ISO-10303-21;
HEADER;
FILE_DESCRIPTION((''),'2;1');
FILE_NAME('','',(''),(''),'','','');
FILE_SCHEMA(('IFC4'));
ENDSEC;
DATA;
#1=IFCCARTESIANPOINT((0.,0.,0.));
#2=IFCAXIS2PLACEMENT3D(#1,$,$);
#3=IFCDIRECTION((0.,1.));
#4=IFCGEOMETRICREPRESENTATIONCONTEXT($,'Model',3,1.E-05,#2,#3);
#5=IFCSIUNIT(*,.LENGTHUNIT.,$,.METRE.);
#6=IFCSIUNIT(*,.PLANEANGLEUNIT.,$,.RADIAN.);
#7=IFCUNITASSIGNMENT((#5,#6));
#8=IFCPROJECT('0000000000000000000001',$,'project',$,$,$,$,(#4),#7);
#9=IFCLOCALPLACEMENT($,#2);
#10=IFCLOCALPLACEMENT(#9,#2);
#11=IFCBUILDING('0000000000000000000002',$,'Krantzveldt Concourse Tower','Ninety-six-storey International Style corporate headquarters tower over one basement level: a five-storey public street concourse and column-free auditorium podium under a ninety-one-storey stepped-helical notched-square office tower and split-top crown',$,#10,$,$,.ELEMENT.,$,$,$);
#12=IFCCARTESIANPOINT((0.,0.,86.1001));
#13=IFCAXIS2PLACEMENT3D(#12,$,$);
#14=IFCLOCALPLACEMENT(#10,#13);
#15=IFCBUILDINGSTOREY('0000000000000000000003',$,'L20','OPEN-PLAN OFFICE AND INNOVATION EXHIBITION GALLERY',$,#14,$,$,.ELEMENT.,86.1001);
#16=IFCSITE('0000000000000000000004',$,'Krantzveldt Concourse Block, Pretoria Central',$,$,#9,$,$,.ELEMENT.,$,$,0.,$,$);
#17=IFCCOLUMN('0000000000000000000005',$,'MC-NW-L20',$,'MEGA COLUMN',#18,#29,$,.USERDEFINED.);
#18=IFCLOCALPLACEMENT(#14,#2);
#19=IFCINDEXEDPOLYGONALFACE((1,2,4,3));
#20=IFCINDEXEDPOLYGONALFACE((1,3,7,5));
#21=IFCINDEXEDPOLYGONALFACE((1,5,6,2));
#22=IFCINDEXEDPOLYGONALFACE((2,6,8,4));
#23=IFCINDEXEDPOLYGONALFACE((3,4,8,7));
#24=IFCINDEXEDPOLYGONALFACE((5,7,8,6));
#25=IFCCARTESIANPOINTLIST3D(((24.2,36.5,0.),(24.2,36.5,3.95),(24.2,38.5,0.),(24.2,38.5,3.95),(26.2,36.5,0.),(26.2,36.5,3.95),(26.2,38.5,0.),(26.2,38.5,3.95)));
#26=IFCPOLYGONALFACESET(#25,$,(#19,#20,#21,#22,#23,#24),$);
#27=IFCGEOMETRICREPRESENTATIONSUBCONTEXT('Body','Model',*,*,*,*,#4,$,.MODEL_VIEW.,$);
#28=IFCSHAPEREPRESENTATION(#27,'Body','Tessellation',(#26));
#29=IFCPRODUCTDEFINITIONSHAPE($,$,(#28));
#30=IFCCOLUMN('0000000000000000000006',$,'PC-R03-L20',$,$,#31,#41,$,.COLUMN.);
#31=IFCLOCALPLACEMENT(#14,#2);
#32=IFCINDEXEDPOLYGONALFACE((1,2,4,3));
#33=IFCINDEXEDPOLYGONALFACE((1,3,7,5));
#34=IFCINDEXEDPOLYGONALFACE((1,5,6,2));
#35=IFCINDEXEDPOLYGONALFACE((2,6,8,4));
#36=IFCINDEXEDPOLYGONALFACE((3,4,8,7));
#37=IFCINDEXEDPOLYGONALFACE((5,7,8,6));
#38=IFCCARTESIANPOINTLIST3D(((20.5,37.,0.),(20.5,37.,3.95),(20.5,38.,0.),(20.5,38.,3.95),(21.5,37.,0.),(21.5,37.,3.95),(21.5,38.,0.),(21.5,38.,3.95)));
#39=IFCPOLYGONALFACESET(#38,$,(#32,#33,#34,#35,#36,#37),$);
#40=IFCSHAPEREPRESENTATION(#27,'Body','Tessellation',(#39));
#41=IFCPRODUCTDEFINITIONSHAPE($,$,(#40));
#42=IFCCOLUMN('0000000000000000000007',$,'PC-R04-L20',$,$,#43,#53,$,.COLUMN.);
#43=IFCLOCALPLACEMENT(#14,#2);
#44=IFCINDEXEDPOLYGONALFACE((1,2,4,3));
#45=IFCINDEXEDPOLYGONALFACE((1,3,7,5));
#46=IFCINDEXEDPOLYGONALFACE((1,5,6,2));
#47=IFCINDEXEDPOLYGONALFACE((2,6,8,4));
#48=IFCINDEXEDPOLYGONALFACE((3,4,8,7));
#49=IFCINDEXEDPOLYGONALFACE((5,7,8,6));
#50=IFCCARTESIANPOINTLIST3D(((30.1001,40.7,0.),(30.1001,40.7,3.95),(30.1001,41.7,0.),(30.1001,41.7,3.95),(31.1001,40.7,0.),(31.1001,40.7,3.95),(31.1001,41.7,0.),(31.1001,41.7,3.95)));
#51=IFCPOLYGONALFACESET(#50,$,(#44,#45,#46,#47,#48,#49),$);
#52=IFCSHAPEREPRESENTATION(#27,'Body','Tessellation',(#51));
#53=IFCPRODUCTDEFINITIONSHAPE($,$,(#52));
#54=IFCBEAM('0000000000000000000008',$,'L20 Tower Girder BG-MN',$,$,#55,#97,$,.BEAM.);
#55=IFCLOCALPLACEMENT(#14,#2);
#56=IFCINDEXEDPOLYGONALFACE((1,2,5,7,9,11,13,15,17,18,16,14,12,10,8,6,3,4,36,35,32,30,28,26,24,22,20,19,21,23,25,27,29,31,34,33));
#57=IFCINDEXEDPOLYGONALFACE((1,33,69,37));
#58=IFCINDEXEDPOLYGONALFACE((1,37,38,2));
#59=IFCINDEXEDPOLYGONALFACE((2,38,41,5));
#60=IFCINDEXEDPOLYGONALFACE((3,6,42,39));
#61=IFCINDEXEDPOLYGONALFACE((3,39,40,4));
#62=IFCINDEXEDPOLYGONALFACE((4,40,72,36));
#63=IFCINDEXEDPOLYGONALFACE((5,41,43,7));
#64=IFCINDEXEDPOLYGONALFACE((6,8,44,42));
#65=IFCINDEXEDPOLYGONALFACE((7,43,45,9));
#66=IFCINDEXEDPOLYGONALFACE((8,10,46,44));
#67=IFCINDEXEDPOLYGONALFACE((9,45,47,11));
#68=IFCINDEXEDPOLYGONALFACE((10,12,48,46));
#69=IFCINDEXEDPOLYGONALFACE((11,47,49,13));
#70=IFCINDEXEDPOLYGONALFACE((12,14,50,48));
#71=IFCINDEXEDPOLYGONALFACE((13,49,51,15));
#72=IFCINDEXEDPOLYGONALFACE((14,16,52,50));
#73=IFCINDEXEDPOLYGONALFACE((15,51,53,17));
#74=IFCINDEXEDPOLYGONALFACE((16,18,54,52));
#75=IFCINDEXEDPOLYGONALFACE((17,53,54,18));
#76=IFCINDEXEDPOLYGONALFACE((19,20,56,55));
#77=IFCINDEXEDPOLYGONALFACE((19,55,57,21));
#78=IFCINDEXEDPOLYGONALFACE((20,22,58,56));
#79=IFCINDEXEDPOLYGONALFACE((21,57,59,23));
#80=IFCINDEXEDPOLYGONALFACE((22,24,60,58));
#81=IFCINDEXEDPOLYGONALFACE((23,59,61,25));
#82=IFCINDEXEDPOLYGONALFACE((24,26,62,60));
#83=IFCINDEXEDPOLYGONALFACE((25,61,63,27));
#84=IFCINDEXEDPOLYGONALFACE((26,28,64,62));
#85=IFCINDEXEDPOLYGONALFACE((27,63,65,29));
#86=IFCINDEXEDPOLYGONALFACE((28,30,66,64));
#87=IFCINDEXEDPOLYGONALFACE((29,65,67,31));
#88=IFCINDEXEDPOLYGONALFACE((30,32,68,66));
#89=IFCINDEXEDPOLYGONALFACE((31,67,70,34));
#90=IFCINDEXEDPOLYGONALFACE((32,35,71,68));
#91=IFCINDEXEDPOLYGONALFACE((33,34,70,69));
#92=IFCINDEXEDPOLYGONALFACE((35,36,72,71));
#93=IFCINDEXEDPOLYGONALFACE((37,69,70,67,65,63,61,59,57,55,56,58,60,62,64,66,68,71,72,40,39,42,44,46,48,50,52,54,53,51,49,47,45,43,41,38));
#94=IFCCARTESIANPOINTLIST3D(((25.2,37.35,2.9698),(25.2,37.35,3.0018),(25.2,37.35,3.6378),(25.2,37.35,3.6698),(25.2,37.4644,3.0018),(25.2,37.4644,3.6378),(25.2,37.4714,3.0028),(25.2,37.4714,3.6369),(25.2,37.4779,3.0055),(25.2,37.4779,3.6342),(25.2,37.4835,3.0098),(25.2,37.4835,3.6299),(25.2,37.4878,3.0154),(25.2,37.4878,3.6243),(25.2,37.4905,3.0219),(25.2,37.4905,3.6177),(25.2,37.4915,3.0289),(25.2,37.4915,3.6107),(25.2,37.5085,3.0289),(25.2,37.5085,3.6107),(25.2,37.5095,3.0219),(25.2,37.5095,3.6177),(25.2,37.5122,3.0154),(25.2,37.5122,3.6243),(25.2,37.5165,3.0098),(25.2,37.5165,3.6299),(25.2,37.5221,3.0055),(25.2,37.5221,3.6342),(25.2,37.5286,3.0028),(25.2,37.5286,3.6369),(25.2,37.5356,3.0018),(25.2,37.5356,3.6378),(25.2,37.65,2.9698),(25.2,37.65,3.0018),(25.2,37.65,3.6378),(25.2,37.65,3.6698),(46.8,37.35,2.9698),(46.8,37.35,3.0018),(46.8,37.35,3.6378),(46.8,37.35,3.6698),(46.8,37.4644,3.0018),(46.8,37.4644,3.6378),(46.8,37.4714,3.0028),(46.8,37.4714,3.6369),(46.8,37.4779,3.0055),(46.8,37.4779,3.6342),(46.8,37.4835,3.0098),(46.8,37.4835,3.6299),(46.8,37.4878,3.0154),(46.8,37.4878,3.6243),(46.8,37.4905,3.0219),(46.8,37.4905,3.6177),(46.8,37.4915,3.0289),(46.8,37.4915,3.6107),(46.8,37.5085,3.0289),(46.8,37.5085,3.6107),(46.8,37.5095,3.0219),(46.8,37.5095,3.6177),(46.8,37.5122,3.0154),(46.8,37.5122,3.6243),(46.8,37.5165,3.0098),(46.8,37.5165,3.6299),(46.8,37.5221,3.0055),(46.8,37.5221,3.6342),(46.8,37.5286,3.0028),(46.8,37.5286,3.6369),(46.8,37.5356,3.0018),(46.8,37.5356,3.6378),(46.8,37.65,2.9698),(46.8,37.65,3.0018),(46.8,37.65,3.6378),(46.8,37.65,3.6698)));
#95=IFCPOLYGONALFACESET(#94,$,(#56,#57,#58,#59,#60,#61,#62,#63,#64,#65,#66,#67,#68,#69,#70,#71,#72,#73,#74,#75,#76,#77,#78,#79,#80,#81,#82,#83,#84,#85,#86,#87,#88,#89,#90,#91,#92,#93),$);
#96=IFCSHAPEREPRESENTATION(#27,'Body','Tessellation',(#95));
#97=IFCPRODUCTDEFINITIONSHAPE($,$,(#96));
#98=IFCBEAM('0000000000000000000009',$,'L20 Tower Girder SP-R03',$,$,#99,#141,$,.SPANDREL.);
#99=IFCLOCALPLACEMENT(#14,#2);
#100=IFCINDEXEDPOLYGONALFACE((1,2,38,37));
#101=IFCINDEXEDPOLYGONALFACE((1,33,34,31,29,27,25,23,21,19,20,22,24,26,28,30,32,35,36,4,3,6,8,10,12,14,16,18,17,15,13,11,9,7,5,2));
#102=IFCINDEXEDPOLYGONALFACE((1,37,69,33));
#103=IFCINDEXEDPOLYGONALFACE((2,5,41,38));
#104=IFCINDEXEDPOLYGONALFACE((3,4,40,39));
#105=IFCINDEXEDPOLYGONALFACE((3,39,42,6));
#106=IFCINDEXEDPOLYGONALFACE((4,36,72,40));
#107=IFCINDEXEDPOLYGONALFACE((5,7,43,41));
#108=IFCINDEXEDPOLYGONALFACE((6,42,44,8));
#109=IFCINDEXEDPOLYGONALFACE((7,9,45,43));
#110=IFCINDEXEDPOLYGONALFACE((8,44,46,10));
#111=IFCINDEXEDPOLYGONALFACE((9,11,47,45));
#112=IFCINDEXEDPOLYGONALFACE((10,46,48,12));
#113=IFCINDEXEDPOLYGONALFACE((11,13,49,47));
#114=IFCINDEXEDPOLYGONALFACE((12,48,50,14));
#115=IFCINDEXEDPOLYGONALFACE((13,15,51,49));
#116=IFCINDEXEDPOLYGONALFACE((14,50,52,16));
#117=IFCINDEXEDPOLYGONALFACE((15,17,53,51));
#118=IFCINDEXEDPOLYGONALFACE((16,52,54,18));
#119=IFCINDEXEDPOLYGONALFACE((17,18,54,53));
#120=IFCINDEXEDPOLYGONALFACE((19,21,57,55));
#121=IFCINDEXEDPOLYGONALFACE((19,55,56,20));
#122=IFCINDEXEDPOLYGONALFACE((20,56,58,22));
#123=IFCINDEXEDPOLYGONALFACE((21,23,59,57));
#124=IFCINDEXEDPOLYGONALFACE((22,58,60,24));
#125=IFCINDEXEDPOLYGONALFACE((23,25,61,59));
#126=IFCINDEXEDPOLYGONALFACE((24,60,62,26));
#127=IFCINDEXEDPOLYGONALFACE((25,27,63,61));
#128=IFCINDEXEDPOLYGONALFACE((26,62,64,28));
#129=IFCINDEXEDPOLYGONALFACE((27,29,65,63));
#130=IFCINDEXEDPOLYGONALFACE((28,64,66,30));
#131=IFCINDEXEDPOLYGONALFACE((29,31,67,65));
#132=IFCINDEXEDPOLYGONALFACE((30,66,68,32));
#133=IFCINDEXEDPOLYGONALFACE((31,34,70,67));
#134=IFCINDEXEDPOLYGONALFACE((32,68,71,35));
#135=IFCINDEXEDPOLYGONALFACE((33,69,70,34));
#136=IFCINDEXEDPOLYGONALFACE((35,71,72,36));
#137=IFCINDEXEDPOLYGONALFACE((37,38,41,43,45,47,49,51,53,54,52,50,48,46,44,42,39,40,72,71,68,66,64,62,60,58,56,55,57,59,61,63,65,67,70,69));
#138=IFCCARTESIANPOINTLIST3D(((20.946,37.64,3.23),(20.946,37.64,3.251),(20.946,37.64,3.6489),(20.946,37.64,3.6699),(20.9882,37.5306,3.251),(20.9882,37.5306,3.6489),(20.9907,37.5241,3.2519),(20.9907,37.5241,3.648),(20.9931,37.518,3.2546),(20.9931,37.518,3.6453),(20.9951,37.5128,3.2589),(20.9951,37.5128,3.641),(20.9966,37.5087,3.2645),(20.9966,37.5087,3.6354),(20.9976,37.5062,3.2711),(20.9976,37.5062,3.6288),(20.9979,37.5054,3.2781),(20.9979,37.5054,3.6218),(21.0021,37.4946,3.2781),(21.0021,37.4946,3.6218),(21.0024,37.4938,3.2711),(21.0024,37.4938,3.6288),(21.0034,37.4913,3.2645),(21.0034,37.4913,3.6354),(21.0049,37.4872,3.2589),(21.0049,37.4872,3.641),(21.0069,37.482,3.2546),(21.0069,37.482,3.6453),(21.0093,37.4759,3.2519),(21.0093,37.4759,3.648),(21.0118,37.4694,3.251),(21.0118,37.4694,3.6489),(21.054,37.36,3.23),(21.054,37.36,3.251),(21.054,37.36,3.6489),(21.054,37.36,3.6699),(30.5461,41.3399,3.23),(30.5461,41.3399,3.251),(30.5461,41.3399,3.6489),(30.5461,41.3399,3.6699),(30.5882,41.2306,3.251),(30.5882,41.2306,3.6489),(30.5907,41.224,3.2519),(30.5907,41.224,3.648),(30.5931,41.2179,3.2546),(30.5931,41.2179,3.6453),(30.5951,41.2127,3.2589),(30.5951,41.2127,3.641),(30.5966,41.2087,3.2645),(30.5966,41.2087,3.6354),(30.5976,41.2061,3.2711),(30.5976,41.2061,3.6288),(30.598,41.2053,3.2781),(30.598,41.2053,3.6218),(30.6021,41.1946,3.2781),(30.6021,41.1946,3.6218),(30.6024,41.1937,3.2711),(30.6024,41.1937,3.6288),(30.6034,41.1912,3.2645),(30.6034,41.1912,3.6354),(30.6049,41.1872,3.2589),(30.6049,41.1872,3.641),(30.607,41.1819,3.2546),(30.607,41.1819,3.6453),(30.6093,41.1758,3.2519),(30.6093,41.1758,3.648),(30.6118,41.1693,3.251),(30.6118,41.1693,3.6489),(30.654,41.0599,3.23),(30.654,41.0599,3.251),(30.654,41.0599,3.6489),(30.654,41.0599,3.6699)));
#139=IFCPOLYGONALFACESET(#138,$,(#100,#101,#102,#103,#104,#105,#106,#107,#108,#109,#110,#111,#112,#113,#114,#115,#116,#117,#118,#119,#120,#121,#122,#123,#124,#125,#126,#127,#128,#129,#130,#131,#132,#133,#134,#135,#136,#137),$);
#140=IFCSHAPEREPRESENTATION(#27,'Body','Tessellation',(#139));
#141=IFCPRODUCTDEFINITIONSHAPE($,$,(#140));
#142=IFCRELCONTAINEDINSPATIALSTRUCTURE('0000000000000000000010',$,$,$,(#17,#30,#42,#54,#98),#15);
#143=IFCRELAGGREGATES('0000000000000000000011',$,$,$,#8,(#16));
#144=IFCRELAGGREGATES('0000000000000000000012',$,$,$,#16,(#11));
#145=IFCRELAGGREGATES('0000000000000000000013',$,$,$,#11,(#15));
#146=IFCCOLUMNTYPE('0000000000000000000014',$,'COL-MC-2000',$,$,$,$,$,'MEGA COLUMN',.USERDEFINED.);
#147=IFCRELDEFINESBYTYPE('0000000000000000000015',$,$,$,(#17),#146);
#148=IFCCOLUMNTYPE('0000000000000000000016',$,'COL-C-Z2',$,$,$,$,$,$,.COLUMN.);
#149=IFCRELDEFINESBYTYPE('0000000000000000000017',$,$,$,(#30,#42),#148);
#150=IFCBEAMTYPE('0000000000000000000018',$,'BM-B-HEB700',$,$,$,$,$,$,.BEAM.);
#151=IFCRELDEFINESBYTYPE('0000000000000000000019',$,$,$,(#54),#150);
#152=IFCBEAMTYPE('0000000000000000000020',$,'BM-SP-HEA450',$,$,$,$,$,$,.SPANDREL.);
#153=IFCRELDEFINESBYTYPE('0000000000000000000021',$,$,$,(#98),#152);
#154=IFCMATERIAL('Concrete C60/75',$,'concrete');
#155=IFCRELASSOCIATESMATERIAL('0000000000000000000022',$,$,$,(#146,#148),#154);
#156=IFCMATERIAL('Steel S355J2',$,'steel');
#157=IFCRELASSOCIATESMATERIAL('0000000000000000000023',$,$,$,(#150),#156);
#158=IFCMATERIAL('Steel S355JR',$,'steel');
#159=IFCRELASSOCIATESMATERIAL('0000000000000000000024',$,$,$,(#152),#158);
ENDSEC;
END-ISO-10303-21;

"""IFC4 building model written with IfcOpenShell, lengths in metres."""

from ifc_helpers import new_model, si_unit, direction, frame, origin, origin_2d, place, context, subcontext, project, spatial, rectangle, i_section, extrude, source, transform, mapped, material, material_profile, profile_set, type_object, type_shapes, element, save


model = new_model("IFC4")

# Units and contexts
model_context = context("Model", 3, precision=1e-05, world=origin(), true_north=direction((0.0, 1.0)))
body_context = subcontext(model_context, "Body", "Model", "MODEL_VIEW")
ifc_project = project(units=[si_unit("LENGTHUNIT", "METRE"), si_unit("PLANEANGLEUNIT", "RADIAN")], contexts=[model_context])

# Site, building, storey
site_placement = place(None, origin())
site = spatial("IfcSite", under=ifc_project, at=site_placement, Name="Krantzveldt Concourse Block, Pretoria Central", CompositionType="ELEMENT", RefElevation=0.0)
building_placement = place(site_placement, origin())
building = spatial("IfcBuilding", under=site, at=building_placement, Name="Krantzveldt Concourse Tower", Description="Ninety-six-storey International Style corporate headquarters tower over one basement level: a five-storey public street concourse and column-free auditorium podium under a ninety-one-storey stepped-helical notched-square office tower and split-top crown", CompositionType="ELEMENT")
storey_placement = place(building_placement, frame((0.0, 0.0, 86.1001)))
storey = spatial("IfcBuildingStorey", under=building, at=storey_placement, Name="L20", Description="OPEN-PLAN OFFICE AND INNOVATION EXHIBITION GALLERY", CompositionType="ELEMENT", Elevation=86.1001)

# Columns
ifc_material_1 = material(Name="Concrete C60/75", Category="concrete")
ifc_material_profile_1 = material_profile(ifc_material_1, rectangle(XDim=2.0, YDim=2.0, at=origin_2d()), Name="Concrete C60/75", Category="concrete")
ifc_profile_set_1 = profile_set([ifc_material_profile_1], Name="Concrete C60/75 - RC 2000x2000")
column_type_1 = type_object("IfcColumnType", Name="COL-MC-2000", ElementType="MEGA COLUMN", PredefinedType="USERDEFINED", material=ifc_profile_set_1)
shared_shape_1 = source(origin(), body_context, "Body", "SweptSolid", [
    extrude(rectangle(XDim=2.0, YDim=2.0, at=origin_2d()), origin(), (0.0, 0.0, 1.0), 3.95),
])
type_shapes(column_type_1, [shared_shape_1])
column_placement = place(storey_placement, frame((25.2, 37.5, 0.0), z_axis=(0.0, 0.0, 1.0), x_axis=(1.0, 0.0, 0.0)))
element("IfcColumn", 1, at=column_placement, inside=storey, type_object=column_type_1, Name="MC-NW-L20", ObjectType="MEGA COLUMN", PredefinedType="USERDEFINED", context=body_context, shape_type="MappedRepresentation", body=[
    mapped(shared_shape_1, transform((0.0, 0.0, 0.0), x_axis=(1.0, 0.0, 0.0), y_axis=(0.0, 1.0, 0.0), z_axis=(0.0, 0.0, 1.0), scale=1.0)),
])
ifc_material_profile_2 = material_profile(ifc_material_1, rectangle(XDim=1.0, YDim=1.0, at=origin_2d()), Name="Concrete C60/75", Category="concrete")
ifc_profile_set_2 = profile_set([ifc_material_profile_2], Name="Concrete C60/75 - RC 1000x1000")
column_type_2 = type_object("IfcColumnType", Name="COL-C-Z2", PredefinedType="COLUMN", material=ifc_profile_set_2)
shared_shape_2 = source(origin(), body_context, "Body", "SweptSolid", [
    extrude(rectangle(XDim=1.0, YDim=1.0, at=origin_2d()), origin(), (0.0, 0.0, 1.0), 3.95),
])
type_shapes(column_type_2, [shared_shape_2])
for number, where, z_axis, x_axis, name in (
    (2, (21.0, 37.5, 0.0), (0.0, 0.0, 1.0), (1.0, 0.0, 0.0), "PC-R03-L20"),
    (3, (30.6001, 41.2, 0.0), (0.0, 0.0, 1.0), (1.0, 0.0, 0.0), "PC-R04-L20"),
):
    element("IfcColumn", number, at=place(storey_placement, frame(where, z_axis=z_axis, x_axis=x_axis)), inside=storey, type_object=column_type_2, Name=name, PredefinedType="COLUMN", context=body_context, shape_type="MappedRepresentation", body=[
        mapped(shared_shape_2, transform((0.0, 0.0, 0.0), x_axis=(1.0, 0.0, 0.0), y_axis=(0.0, 1.0, 0.0), z_axis=(0.0, 0.0, 1.0), scale=1.0)),
    ])

# Beams
ifc_material_2 = material(Name="Steel S355J2", Category="steel")
ifc_material_profile_3 = material_profile(ifc_material_2, i_section(OverallWidth=0.3, OverallDepth=0.7, WebThickness=0.0171, FlangeThickness=0.032, FilletRadius=0.0271, at=origin_2d()), Name="Steel S355J2", Category="steel")
ifc_profile_set_3 = profile_set([ifc_material_profile_3], Name="Steel S355J2 - HEB 700")
beam_type_1 = type_object("IfcBeamType", Name="BM-B-HEB700", PredefinedType="BEAM", material=ifc_profile_set_3)
shared_shape_3 = source(origin(), body_context, "Body", "SweptSolid", [
    extrude(i_section(OverallWidth=0.3, OverallDepth=0.7, WebThickness=0.0171, FlangeThickness=0.032, FilletRadius=0.0271, at=origin_2d()), origin(), (0.0, 0.0, 1.0), 21.6001),
])
type_shapes(beam_type_1, [shared_shape_3])
beam_1_placement = place(storey_placement, frame((25.2, 37.5, 3.3198), z_axis=(1.0, 0.0, 0.0), x_axis=(0.0, 1.0, 0.0)))
element("IfcBeam", 4, at=beam_1_placement, inside=storey, type_object=beam_type_1, Name="L20 Tower Girder BG-MN", PredefinedType="BEAM", context=body_context, shape_type="MappedRepresentation", body=[
    mapped(shared_shape_3, transform((0.0, 0.0, 0.0), x_axis=(1.0, 0.0, 0.0), y_axis=(0.0, 1.0, 0.0), z_axis=(0.0, 0.0, 1.0), scale=1.0)),
])
ifc_material_3 = material(Name="Steel S355JR", Category="steel")
ifc_material_profile_4 = material_profile(ifc_material_3, i_section(OverallWidth=0.3, OverallDepth=0.4399, WebThickness=0.0115, FlangeThickness=0.021, FilletRadius=0.0271, at=origin_2d()), Name="Steel S355JR", Category="steel")
ifc_profile_set_4 = profile_set([ifc_material_profile_4], Name="Steel S355JR - HEA 450")
beam_type_2 = type_object("IfcBeamType", Name="BM-SP-HEA450", PredefinedType="SPANDREL", material=ifc_profile_set_4)
shared_shape_4 = source(origin(), body_context, "Body", "SweptSolid", [
    extrude(i_section(OverallWidth=0.3, OverallDepth=0.4399, WebThickness=0.0115, FlangeThickness=0.021, FilletRadius=0.0271, at=origin_2d()), origin(), (0.0, 0.0, 1.0), 10.2883),
])
beam_2_placement = place(storey_placement, frame((21.0, 37.5, 3.45), z_axis=(0.933098, 0.359623, 0.0), x_axis=(-0.359623, 0.933098, 0.0)))
element("IfcBeam", 5, at=beam_2_placement, inside=storey, type_object=beam_type_2, Name="L20 Tower Girder SP-R03", PredefinedType="SPANDREL", context=body_context, shape_type="MappedRepresentation", body=[
    mapped(shared_shape_4, transform((0.0, 0.0, 0.0), x_axis=(1.0, 0.0, 0.0), y_axis=(0.0, 1.0, 0.0), z_axis=(0.0, 0.0, 1.0), scale=1.0)),
])

save(model, "model.ifc")
